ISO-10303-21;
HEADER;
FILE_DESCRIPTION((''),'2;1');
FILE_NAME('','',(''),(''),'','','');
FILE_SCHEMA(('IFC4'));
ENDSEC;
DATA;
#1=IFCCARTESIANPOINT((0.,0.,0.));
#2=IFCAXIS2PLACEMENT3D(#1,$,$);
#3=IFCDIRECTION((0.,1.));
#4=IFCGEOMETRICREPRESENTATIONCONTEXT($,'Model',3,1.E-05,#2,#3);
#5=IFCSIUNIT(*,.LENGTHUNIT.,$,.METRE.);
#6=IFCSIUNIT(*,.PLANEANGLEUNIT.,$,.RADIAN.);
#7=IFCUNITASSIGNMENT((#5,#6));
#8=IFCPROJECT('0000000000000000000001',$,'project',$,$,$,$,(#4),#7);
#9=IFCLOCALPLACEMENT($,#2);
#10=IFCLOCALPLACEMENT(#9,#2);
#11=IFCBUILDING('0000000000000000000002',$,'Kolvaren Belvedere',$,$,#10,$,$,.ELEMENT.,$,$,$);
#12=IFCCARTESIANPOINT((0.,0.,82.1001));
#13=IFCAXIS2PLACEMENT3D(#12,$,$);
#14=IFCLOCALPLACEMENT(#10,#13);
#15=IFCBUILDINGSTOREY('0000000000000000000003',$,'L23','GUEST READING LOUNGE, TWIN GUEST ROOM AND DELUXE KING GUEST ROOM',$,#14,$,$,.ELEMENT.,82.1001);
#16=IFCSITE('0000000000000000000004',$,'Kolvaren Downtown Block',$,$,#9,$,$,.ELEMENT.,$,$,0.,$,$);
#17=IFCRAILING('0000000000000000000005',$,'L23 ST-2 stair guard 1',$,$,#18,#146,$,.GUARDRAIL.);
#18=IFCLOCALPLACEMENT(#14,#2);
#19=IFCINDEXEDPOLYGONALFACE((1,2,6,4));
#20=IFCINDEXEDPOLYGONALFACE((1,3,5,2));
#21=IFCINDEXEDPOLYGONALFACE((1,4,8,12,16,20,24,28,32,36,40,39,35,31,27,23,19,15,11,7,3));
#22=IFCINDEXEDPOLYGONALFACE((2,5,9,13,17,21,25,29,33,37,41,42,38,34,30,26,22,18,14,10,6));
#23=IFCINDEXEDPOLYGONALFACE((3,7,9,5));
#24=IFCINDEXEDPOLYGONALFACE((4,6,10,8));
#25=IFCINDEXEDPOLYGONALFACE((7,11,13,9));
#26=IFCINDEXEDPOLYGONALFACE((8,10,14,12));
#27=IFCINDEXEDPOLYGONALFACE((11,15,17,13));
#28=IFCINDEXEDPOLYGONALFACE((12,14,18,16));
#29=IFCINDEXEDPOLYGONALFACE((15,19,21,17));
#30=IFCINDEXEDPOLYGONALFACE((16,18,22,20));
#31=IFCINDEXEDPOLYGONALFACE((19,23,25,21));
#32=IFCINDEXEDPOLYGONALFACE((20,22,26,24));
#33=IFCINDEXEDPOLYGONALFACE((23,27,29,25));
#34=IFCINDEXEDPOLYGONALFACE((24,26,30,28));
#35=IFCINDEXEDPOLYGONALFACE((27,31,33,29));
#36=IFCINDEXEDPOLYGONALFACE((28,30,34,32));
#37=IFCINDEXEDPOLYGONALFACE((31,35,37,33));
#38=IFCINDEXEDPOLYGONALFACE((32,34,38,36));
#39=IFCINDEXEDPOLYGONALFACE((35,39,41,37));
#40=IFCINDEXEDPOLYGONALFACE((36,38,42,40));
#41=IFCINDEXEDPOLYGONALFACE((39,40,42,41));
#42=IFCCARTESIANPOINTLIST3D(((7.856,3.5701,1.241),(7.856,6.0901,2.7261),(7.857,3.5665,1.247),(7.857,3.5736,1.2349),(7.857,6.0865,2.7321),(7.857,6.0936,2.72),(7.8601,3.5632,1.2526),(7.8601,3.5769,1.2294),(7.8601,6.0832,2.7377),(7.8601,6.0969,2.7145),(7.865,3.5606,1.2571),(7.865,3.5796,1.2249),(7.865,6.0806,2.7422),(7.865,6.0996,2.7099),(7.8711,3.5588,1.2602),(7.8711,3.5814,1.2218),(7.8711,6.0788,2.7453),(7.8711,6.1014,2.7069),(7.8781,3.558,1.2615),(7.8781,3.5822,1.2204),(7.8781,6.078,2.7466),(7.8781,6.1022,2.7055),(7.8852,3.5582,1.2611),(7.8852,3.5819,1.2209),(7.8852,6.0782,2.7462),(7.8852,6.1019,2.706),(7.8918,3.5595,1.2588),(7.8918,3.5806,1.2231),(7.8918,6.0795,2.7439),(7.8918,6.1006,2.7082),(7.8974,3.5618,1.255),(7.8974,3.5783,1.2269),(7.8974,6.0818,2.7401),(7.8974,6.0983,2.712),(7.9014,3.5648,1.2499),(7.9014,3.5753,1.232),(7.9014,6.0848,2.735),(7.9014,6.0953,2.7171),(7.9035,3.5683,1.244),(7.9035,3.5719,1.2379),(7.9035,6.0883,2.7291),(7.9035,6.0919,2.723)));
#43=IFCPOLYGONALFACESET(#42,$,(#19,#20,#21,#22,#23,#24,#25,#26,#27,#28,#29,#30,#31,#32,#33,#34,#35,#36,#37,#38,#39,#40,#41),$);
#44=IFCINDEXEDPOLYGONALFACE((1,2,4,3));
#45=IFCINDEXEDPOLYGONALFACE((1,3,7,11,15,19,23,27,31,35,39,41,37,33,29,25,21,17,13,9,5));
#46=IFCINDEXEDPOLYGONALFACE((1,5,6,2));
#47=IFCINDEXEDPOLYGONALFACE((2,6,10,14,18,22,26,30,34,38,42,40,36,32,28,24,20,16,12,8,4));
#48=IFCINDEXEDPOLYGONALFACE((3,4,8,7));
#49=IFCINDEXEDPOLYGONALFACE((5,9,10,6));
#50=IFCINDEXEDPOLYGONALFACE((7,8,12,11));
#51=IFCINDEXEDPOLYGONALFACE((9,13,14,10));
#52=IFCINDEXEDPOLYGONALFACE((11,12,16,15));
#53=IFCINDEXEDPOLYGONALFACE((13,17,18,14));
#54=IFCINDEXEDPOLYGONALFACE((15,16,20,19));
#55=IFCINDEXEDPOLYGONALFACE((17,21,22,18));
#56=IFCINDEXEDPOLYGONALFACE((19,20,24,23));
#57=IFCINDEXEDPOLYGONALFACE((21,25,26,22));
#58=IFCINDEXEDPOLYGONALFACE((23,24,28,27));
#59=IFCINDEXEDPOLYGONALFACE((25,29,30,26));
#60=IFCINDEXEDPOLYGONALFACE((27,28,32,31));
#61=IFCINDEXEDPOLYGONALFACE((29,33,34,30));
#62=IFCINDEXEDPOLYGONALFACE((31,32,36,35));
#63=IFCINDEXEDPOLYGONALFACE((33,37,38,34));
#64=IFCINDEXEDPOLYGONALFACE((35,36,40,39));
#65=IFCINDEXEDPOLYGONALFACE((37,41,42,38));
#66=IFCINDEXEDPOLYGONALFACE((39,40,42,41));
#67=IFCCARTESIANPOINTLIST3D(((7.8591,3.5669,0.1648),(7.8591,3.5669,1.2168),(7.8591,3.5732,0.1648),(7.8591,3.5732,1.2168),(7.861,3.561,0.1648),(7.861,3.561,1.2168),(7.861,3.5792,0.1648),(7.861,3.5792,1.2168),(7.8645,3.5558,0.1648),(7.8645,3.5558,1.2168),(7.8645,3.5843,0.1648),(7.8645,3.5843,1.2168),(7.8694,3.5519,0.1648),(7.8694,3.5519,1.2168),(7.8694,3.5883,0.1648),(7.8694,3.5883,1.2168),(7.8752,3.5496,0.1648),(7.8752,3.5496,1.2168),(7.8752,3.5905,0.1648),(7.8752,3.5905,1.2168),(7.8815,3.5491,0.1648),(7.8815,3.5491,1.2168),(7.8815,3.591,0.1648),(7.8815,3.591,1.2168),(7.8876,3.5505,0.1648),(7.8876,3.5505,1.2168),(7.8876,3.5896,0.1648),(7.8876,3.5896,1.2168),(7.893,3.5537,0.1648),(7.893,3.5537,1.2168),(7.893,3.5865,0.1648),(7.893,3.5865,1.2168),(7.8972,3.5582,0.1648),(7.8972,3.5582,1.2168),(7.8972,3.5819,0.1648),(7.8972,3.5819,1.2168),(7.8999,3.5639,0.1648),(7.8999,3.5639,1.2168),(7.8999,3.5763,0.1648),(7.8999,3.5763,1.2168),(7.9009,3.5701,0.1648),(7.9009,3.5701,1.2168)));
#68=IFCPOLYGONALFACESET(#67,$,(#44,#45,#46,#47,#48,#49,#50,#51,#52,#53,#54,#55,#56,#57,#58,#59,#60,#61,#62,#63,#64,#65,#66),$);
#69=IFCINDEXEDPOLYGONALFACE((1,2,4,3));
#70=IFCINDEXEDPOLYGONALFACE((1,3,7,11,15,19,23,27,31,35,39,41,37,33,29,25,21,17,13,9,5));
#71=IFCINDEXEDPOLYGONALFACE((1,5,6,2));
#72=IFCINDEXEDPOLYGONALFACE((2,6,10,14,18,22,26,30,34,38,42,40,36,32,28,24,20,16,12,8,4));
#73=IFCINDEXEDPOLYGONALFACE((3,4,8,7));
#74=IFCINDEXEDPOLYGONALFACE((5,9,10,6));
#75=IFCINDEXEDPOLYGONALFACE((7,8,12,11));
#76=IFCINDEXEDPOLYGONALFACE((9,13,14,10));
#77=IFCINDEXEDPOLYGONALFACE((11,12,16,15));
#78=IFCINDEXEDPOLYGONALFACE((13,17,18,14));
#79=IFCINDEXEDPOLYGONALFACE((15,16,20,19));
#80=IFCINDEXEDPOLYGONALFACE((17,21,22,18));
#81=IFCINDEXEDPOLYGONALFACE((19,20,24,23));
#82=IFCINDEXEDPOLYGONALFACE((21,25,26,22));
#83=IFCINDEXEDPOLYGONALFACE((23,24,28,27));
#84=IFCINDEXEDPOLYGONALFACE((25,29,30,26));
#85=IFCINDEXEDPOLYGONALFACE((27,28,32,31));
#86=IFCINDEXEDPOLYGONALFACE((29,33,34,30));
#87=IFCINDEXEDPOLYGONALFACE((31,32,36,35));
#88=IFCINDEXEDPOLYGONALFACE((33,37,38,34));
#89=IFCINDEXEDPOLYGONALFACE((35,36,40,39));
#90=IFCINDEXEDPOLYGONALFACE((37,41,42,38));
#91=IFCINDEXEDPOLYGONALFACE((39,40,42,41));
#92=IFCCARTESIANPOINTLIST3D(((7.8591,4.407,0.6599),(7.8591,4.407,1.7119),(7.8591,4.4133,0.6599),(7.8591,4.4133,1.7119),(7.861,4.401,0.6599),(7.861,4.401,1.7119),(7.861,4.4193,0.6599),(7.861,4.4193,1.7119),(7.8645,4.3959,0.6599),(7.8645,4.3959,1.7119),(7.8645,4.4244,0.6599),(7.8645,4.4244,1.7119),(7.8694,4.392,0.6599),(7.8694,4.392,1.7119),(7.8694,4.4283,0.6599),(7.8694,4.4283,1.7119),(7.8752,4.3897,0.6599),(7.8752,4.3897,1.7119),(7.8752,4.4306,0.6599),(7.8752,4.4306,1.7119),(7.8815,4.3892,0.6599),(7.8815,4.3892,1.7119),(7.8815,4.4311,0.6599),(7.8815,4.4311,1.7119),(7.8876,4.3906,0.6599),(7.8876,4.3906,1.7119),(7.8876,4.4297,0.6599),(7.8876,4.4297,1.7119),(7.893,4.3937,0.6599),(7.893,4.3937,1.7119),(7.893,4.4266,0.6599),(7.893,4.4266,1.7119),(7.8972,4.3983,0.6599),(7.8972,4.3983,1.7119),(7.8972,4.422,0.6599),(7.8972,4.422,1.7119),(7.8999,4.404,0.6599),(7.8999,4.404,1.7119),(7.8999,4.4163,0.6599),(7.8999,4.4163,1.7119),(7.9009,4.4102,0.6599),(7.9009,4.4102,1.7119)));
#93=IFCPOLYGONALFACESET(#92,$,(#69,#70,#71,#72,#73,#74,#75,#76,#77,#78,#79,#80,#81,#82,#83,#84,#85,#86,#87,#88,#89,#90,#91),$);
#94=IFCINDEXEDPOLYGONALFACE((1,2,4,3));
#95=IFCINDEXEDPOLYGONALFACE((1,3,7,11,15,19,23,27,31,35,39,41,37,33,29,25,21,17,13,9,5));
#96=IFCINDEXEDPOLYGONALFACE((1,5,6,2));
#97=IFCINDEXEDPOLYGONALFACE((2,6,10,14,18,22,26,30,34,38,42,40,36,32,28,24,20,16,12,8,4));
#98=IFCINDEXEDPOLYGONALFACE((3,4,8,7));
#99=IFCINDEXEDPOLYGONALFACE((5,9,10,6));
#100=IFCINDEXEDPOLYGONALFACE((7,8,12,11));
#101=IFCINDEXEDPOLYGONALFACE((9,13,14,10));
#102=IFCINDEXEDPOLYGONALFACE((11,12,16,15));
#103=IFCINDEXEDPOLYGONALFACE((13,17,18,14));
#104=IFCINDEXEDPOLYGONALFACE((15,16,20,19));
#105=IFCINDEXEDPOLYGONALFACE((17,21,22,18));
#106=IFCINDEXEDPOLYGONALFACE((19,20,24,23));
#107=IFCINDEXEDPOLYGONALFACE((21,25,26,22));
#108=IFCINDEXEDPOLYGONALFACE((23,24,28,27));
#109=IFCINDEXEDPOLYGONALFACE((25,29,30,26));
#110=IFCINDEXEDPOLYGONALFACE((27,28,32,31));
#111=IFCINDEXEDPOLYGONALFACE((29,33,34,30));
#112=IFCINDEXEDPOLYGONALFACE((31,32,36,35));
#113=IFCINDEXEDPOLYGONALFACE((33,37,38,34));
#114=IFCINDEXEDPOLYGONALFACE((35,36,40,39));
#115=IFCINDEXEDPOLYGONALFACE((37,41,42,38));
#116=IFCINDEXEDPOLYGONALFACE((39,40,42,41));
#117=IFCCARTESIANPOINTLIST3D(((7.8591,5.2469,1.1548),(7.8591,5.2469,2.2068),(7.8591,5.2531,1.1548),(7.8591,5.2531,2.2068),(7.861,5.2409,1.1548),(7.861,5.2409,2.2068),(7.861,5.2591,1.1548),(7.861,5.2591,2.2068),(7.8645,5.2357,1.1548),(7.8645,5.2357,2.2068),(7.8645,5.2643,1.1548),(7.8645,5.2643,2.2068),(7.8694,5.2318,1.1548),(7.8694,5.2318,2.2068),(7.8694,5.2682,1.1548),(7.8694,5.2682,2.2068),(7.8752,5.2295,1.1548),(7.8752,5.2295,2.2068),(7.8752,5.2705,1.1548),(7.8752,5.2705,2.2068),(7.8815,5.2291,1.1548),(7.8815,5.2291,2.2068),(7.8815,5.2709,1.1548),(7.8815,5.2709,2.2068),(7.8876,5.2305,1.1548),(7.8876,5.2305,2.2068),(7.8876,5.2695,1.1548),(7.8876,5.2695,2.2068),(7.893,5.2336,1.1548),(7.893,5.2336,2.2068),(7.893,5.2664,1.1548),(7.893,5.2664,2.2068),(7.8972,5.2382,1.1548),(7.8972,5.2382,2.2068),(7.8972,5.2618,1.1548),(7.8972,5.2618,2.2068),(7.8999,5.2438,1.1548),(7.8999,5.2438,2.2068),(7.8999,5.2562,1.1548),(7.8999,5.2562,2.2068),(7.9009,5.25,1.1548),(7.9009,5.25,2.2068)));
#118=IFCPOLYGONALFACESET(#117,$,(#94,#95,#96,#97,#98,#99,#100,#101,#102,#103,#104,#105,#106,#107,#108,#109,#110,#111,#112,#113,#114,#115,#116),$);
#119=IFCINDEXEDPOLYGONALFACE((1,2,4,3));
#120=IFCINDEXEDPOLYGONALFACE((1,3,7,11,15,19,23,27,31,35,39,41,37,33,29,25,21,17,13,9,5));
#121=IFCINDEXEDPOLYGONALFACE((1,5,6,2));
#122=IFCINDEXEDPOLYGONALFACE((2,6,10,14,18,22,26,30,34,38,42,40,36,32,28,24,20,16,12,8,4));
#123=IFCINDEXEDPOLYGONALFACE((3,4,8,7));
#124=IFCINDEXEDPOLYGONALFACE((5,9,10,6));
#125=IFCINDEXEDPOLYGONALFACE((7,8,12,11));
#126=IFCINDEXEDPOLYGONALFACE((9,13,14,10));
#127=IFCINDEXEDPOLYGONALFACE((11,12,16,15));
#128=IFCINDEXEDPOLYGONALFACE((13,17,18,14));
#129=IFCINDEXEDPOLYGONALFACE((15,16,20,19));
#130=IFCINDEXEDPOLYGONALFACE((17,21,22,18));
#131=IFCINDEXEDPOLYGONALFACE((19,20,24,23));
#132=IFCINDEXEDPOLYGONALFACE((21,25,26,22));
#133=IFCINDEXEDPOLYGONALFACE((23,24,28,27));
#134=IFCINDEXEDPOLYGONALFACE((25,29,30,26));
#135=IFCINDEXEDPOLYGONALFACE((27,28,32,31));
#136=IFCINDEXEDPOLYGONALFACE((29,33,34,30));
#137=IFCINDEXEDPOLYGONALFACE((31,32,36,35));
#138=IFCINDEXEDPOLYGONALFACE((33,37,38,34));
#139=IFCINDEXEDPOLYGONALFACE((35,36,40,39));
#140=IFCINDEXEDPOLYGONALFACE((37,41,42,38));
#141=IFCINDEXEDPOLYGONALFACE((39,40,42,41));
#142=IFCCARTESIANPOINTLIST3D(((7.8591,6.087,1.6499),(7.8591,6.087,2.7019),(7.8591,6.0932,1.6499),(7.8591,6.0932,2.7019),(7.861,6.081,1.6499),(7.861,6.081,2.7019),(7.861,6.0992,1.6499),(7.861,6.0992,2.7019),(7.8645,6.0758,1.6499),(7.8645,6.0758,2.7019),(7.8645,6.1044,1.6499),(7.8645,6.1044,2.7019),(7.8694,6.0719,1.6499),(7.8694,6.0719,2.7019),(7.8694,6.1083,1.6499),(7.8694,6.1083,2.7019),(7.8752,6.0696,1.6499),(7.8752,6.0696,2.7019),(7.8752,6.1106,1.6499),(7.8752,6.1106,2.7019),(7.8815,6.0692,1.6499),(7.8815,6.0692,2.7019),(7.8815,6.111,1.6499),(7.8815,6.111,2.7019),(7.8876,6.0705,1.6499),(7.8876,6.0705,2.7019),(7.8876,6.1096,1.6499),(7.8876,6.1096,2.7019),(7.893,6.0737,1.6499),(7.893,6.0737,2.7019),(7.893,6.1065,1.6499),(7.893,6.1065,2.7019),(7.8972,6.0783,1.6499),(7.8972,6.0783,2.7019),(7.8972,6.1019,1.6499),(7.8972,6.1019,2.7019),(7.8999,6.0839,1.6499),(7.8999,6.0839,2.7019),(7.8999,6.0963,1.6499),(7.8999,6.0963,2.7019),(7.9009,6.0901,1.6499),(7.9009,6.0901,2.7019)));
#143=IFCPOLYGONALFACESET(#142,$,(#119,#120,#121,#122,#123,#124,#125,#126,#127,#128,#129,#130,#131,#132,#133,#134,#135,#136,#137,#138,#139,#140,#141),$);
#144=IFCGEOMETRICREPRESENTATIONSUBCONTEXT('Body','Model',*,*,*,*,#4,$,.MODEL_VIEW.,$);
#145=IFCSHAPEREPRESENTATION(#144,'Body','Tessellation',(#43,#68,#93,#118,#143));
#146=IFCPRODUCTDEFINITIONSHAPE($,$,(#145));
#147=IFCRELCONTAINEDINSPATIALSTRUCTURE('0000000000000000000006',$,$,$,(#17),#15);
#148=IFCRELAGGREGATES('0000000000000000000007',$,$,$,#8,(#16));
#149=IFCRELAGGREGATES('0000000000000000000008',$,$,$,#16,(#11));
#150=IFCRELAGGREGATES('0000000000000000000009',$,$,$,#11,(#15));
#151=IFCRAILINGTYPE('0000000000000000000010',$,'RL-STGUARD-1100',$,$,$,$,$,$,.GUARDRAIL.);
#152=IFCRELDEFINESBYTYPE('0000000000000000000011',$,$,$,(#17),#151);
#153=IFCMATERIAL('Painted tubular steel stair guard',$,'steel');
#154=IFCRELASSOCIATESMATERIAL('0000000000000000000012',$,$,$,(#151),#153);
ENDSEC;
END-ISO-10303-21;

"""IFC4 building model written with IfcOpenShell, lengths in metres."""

from ifc_helpers import new_model, si_unit, direction, frame, origin, origin_2d, place, context, subcontext, project, spatial, circle, extrude, material, type_object, element, save


model = new_model("IFC4")

# Units and contexts
model_context = context("Model", 3, precision=1e-05, world=origin(), true_north=direction((0.0, 1.0)))
body_context = subcontext(model_context, "Body", "Model", "MODEL_VIEW")
ifc_project = project(units=[si_unit("LENGTHUNIT", "METRE"), si_unit("PLANEANGLEUNIT", "RADIAN")], contexts=[model_context])

# Site, building, storey
site_placement = place(None, origin())
site = spatial("IfcSite", under=ifc_project, at=site_placement, Name="Kolvaren Downtown Block", CompositionType="ELEMENT", RefElevation=0.0)
building_placement = place(site_placement, origin())
building = spatial("IfcBuilding", under=site, at=building_placement, Name="Kolvaren Belvedere", CompositionType="ELEMENT")
storey_placement = place(building_placement, frame((0.0, 0.0, 82.1001)))
storey = spatial("IfcBuildingStorey", under=building, at=storey_placement, Name="L23", Description="GUEST READING LOUNGE, TWIN GUEST ROOM AND DELUXE KING GUEST ROOM", CompositionType="ELEMENT", Elevation=82.1001)

# Railing
ifc_material_1 = material(Name="Painted tubular steel stair guard", Category="steel")
railing_type_1 = type_object("IfcRailingType", Name="RL-STGUARD-1100", PredefinedType="GUARDRAIL", material=ifc_material_1)
railing_1_placement = place(storey_placement, frame((7.8799, 3.5701, 0.1648)))
element("IfcRailing", 1, at=railing_1_placement, inside=storey, type_object=railing_type_1, Name="L23 ST-2 stair guard 1", PredefinedType="GUARDRAIL", context=body_context, shape_type="SweptSolid", body=[
    extrude(circle(Radius=0.0239, at=origin_2d()), frame((0.0, 0.0, 1.0762), z_axis=(0.0, 0.861524, 0.507717), x_axis=(-1.0, 0.0, 0.0)), (0.0, 0.0, 1.0), 2.925),
    extrude(circle(Radius=0.021, at=origin_2d()), origin(), (0.0, 0.0, 1.0), 1.052),
    extrude(circle(Radius=0.021, at=origin_2d()), frame((0.0, 0.8401, 0.4951)), (0.0, 0.0, 1.0), 1.052),
    extrude(circle(Radius=0.021, at=origin_2d()), frame((0.0, 1.6799, 0.99)), (0.0, 0.0, 1.0), 1.052),
    extrude(circle(Radius=0.021, at=origin_2d()), frame((0.0, 2.52, 1.4851)), (0.0, 0.0, 1.0), 1.052),
])

save(model, "model.ifc")
